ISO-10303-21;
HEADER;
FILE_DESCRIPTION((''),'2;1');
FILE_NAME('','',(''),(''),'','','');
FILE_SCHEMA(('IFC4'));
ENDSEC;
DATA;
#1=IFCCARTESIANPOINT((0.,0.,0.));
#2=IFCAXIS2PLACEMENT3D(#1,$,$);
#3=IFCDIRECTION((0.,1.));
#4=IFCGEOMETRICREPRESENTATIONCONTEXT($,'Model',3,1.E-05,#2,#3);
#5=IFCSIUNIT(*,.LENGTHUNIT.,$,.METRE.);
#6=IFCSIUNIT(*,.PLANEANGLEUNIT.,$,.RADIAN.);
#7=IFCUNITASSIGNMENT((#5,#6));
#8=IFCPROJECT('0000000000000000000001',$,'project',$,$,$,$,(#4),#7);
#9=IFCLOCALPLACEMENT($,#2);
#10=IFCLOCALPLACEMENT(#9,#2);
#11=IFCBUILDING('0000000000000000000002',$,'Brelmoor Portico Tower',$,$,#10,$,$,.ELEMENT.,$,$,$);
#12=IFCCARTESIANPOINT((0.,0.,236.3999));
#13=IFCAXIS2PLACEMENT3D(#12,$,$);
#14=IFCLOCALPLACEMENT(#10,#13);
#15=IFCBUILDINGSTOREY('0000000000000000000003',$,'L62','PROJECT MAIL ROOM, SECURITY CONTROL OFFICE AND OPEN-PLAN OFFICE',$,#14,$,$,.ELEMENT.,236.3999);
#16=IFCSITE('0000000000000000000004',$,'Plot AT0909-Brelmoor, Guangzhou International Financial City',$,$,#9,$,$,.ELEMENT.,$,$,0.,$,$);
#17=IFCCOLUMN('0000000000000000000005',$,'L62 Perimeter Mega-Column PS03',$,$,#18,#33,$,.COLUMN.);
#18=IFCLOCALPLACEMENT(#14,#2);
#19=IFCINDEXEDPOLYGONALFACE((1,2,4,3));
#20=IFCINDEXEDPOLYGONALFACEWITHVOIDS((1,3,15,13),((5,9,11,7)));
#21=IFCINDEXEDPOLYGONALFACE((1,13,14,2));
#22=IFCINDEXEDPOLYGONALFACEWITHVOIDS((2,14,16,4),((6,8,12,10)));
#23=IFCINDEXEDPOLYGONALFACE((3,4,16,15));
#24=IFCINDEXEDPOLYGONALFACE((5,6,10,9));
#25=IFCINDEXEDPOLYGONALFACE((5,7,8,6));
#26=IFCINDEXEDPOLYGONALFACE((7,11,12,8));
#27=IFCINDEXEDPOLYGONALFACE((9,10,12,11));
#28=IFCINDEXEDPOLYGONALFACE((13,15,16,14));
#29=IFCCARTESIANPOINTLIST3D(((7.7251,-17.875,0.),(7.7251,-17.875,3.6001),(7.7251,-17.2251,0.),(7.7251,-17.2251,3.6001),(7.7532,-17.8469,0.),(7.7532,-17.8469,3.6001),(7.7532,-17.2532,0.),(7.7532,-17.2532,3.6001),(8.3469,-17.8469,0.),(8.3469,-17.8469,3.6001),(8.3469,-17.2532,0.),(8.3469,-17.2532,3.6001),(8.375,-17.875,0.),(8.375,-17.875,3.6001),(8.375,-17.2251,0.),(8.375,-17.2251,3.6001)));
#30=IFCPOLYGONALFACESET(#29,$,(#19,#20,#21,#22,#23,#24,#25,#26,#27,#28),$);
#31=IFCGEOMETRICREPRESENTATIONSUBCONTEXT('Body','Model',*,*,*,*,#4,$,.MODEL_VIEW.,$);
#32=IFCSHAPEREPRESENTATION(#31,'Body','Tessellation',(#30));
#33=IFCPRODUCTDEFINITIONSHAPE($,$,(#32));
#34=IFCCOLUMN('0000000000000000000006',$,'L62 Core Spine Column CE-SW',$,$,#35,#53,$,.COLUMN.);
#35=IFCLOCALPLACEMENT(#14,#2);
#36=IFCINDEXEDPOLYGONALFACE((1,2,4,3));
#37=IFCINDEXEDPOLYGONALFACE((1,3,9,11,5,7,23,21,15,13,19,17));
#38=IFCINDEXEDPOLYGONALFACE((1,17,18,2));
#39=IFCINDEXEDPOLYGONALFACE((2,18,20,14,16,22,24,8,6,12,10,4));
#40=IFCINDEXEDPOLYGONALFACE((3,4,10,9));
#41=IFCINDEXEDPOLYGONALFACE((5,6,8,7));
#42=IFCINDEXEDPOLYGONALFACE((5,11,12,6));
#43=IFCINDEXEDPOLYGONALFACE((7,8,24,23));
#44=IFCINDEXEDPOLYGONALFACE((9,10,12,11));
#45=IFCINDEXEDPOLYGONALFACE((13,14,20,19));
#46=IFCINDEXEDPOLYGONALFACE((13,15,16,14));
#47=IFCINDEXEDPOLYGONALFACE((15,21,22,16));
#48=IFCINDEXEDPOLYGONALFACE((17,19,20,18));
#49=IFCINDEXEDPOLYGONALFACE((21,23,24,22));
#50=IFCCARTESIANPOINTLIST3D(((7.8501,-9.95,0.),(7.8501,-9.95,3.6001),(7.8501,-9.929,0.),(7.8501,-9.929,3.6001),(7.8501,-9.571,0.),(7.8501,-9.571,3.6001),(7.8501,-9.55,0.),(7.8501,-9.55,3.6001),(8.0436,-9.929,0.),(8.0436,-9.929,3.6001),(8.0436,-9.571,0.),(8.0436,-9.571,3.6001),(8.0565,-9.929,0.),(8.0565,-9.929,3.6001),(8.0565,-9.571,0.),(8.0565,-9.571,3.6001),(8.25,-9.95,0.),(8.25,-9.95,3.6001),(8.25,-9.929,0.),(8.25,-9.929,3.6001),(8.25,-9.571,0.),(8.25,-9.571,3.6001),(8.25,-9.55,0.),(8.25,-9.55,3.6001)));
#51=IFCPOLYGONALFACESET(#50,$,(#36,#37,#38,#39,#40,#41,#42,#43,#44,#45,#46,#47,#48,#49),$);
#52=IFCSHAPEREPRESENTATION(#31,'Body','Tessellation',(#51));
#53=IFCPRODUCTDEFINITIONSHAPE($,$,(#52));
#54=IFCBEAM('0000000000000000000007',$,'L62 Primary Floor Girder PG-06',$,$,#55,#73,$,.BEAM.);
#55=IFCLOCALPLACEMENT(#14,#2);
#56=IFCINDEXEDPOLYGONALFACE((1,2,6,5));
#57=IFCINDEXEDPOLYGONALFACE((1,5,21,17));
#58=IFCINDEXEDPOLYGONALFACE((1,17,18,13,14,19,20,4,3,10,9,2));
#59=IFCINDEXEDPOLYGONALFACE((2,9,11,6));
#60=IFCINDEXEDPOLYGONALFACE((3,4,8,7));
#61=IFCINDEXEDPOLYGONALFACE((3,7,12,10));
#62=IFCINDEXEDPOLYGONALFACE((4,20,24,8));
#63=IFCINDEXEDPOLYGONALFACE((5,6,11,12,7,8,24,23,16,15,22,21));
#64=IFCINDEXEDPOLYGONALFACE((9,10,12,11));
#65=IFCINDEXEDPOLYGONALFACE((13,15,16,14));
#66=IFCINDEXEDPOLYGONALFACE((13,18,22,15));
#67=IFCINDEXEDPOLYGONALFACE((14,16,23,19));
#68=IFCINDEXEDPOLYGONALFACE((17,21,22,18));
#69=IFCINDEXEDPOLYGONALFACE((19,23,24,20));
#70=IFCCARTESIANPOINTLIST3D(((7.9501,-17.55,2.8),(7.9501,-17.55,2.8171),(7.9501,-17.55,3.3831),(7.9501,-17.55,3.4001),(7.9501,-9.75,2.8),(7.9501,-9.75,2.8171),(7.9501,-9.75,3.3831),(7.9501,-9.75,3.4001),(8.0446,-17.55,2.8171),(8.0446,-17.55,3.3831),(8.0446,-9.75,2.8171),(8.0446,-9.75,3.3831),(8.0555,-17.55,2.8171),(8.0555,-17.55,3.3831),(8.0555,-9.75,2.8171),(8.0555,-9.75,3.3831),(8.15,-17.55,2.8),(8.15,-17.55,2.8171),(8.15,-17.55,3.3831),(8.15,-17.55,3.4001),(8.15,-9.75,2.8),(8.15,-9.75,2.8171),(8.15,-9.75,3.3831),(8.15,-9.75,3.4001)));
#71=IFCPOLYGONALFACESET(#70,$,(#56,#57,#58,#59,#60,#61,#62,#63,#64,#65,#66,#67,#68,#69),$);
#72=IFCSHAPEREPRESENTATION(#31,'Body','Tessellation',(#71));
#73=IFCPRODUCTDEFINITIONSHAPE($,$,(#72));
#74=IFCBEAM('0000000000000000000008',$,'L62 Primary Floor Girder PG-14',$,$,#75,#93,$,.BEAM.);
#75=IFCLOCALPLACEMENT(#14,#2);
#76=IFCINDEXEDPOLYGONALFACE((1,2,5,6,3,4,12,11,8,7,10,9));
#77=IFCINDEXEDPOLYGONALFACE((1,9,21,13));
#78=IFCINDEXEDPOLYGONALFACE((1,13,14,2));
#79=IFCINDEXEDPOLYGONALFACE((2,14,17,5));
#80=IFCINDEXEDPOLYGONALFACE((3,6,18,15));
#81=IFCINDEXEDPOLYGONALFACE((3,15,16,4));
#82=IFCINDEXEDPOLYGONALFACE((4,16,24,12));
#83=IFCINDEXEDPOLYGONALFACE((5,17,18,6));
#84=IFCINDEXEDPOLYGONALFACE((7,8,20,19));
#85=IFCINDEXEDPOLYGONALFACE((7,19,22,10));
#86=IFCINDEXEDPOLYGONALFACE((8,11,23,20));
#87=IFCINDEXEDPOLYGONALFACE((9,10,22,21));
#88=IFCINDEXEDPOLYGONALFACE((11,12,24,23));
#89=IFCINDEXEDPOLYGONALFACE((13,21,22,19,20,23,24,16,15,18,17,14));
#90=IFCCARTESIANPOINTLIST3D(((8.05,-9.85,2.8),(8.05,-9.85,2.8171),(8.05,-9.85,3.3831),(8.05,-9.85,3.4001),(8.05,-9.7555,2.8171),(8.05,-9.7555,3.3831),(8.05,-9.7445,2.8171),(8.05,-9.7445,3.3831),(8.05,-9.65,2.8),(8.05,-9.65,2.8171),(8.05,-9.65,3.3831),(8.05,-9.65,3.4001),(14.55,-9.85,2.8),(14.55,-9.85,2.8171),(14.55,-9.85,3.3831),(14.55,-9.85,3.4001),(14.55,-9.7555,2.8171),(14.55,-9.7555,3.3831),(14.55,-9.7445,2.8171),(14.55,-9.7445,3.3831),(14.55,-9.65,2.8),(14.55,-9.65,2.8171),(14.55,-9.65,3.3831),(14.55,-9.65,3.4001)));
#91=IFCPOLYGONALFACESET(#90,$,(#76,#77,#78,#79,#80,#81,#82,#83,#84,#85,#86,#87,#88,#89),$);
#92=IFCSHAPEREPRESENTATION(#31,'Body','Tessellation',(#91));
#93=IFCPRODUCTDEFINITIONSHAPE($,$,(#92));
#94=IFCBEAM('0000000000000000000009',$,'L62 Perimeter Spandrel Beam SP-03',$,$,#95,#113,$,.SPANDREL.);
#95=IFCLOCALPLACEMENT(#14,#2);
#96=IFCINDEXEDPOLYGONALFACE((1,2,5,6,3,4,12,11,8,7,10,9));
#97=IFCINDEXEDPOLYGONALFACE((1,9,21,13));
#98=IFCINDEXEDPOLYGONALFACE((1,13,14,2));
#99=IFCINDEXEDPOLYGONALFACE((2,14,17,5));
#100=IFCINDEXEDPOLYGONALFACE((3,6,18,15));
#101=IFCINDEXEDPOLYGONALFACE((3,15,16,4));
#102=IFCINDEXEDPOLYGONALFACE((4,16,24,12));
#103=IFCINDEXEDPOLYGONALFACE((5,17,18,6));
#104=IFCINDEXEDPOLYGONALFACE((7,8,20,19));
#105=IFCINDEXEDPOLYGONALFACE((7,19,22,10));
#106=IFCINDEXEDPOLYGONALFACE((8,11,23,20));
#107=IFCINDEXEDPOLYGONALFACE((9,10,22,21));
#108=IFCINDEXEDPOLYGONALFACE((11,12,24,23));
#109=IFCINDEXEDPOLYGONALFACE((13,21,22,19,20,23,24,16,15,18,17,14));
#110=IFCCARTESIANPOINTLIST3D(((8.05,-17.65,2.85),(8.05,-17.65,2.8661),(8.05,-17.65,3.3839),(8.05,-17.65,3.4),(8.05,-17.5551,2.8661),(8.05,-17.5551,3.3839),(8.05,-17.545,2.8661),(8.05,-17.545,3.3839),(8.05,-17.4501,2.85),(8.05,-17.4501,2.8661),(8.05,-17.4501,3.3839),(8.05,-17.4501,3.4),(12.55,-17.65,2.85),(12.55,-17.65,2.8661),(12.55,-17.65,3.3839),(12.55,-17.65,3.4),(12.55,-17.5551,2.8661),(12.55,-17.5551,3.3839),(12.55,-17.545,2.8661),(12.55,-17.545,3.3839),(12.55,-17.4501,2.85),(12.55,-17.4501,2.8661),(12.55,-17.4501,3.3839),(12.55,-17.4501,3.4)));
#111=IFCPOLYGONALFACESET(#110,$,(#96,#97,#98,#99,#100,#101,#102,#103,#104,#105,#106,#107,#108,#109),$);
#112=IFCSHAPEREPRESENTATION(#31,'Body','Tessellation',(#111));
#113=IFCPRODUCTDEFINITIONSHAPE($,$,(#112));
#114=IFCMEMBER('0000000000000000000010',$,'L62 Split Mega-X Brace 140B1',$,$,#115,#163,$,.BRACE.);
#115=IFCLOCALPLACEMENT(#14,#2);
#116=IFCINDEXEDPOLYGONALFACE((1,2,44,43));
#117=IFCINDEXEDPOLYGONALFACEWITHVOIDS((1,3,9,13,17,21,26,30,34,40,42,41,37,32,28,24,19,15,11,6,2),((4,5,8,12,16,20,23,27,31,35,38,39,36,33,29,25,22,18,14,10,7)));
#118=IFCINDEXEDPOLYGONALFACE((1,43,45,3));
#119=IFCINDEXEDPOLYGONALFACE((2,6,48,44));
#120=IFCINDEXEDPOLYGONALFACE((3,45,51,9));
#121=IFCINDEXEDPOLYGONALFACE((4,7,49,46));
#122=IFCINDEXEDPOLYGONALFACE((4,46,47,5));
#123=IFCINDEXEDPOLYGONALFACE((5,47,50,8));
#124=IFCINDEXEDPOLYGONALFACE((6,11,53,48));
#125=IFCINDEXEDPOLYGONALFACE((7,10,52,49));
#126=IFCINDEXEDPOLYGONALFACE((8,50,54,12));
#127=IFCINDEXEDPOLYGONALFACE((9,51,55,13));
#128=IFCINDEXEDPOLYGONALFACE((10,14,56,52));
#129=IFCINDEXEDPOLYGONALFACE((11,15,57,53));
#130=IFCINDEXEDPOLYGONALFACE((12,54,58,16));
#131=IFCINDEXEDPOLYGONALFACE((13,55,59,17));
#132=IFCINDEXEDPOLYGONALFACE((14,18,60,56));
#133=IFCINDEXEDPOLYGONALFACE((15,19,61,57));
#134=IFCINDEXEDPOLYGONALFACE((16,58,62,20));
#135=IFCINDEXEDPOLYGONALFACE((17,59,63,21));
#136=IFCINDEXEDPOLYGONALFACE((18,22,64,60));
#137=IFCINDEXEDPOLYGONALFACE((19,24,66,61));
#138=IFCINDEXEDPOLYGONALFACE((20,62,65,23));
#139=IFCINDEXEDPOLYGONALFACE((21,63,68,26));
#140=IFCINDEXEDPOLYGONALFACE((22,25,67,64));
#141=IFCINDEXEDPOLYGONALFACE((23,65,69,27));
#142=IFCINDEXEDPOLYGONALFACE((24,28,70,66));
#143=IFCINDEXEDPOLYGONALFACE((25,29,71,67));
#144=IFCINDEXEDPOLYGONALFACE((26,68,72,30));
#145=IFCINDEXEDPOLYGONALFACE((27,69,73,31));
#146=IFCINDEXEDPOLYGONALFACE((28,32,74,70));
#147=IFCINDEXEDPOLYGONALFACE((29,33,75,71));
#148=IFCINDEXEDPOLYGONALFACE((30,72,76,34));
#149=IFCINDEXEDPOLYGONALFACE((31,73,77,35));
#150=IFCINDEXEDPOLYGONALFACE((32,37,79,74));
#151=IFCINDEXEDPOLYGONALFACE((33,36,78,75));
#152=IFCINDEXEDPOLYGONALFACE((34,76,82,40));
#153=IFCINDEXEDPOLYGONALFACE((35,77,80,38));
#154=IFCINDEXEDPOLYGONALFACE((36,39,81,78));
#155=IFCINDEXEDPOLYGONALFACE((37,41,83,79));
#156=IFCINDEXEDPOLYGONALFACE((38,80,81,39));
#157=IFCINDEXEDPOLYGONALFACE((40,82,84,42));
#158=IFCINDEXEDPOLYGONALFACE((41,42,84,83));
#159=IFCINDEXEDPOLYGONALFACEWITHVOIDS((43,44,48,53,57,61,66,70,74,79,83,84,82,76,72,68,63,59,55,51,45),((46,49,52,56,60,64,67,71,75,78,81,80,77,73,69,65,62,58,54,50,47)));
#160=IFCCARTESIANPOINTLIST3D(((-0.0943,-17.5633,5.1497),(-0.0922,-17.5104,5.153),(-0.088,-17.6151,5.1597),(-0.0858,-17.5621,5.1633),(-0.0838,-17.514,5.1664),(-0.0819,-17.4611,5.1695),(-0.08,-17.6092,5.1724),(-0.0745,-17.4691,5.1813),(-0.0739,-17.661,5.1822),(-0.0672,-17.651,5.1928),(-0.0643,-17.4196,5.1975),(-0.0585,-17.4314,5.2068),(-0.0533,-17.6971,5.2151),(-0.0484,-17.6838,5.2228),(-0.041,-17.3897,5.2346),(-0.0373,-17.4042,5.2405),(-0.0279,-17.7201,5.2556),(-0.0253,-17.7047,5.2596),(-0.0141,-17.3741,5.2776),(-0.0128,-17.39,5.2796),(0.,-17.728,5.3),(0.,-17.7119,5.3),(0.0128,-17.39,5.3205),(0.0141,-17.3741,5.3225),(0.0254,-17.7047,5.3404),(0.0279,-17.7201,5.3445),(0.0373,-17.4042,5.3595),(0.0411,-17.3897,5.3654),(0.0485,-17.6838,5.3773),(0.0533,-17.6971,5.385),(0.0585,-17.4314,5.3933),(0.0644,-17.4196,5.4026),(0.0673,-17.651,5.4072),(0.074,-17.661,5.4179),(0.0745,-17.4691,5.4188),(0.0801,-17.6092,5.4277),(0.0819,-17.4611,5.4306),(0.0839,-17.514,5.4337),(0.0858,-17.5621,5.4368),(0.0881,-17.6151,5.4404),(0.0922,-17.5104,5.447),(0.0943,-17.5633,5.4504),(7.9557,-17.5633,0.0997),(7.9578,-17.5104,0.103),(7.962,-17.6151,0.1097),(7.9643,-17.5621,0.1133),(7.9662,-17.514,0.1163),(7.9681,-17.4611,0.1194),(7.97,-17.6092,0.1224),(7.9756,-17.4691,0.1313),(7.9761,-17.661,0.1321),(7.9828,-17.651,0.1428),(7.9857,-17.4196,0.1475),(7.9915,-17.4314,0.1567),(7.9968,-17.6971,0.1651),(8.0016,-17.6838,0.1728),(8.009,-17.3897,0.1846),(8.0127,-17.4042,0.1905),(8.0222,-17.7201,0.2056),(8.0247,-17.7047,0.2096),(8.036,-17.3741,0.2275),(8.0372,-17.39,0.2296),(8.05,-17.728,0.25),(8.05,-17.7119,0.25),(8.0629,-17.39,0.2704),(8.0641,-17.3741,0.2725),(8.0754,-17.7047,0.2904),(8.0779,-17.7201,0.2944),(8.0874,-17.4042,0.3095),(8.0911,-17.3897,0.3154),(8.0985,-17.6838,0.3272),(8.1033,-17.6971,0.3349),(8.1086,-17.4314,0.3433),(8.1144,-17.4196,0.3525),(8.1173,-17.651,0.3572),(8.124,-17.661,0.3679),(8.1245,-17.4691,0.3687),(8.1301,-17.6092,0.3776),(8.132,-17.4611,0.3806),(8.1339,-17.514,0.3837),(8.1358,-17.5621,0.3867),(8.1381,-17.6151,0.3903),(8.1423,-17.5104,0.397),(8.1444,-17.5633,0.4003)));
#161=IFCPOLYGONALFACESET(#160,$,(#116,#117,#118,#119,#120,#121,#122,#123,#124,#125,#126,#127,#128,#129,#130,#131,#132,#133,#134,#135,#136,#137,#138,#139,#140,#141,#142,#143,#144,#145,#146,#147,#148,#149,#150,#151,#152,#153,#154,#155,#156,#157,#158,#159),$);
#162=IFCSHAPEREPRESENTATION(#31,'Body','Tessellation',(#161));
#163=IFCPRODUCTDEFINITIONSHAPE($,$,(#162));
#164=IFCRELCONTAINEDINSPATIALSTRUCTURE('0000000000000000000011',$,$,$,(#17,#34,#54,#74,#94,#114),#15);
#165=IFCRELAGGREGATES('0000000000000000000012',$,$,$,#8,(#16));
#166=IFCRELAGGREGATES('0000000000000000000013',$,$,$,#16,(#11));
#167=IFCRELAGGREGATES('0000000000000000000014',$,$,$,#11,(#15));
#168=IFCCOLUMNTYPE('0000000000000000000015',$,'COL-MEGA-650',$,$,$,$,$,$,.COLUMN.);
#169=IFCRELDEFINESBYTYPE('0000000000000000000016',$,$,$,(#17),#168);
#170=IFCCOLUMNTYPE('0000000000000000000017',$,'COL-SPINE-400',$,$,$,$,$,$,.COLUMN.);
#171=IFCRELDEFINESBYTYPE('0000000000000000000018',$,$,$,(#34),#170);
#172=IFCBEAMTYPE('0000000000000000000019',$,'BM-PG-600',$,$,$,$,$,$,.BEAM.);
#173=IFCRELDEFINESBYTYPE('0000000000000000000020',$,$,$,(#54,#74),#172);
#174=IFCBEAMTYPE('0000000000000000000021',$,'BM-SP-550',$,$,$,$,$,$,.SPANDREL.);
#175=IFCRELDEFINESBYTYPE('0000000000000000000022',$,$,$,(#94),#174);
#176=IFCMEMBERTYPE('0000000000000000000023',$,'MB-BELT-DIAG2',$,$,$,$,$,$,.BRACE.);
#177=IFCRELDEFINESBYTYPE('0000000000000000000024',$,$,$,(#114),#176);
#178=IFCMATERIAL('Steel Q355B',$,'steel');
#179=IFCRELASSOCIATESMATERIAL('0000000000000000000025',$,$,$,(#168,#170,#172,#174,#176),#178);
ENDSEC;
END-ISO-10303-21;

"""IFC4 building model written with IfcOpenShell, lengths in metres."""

from ifc_helpers import new_model, si_unit, direction, frame, origin, origin_2d, place, context, subcontext, project, spatial, hollow_rectangle, hollow_circle, i_section, extrude, material, material_profile, profile_set, type_object, element, save


model = new_model("IFC4")

# Units and contexts
model_context = context("Model", 3, precision=1e-05, world=origin(), true_north=direction((0.0, 1.0)))
body_context = subcontext(model_context, "Body", "Model", "MODEL_VIEW")
ifc_project = project(units=[si_unit("LENGTHUNIT", "METRE"), si_unit("PLANEANGLEUNIT", "RADIAN")], contexts=[model_context])

# Site, building, storey
site_placement = place(None, origin())
site = spatial("IfcSite", under=ifc_project, at=site_placement, Name="Plot AT0909-Brelmoor, Guangzhou International Financial City", CompositionType="ELEMENT", RefElevation=0.0)
building_placement = place(site_placement, origin())
building = spatial("IfcBuilding", under=site, at=building_placement, Name="Brelmoor Portico Tower", CompositionType="ELEMENT")
storey_placement = place(building_placement, frame((0.0, 0.0, 236.3999)))
storey = spatial("IfcBuildingStorey", under=building, at=storey_placement, Name="L62", Description="PROJECT MAIL ROOM, SECURITY CONTROL OFFICE AND OPEN-PLAN OFFICE", CompositionType="ELEMENT", Elevation=236.3999)

# Columns
ifc_material_1 = material(Name="Steel Q355B", Category="steel")
ifc_material_profile_1 = material_profile(ifc_material_1, hollow_rectangle(XDim=0.6499, YDim=0.6499, WallThickness=0.0281, at=origin_2d()), Name="BOX 650x650x28")
ifc_profile_set_1 = profile_set([ifc_material_profile_1], Name="Steel Q355B")
column_type_1 = type_object("IfcColumnType", Name="COL-MEGA-650", PredefinedType="COLUMN", material=ifc_profile_set_1)
column_1_placement = place(storey_placement, frame((8.05, -17.55, 0.0), z_axis=(0.0, 0.0, 1.0), x_axis=(1.0, 0.0, 0.0)))
element("IfcColumn", 1, at=column_1_placement, inside=storey, type_object=column_type_1, Name="L62 Perimeter Mega-Column PS03", PredefinedType="COLUMN", context=body_context, shape_type="SweptSolid", body=[
    extrude(hollow_rectangle(XDim=0.6499, YDim=0.6499, WallThickness=0.0281, at=origin_2d()), origin(), (0.0, 0.0, 1.0), 3.6001),
])
ifc_material_profile_2 = material_profile(ifc_material_1, i_section(OverallWidth=0.3999, OverallDepth=0.3999, WebThickness=0.0129, FlangeThickness=0.021, at=origin_2d()), Name="HW 400x400x13x21")
ifc_profile_set_2 = profile_set([ifc_material_profile_2], Name="Steel Q355B")
column_type_2 = type_object("IfcColumnType", Name="COL-SPINE-400", PredefinedType="COLUMN", material=ifc_profile_set_2)
column_2_placement = place(storey_placement, frame((8.05, -9.75, 0.0), z_axis=(0.0, 0.0, 1.0), x_axis=(1.0, 0.0, 0.0)))
element("IfcColumn", 2, at=column_2_placement, inside=storey, type_object=column_type_2, Name="L62 Core Spine Column CE-SW", PredefinedType="COLUMN", context=body_context, shape_type="SweptSolid", body=[
    extrude(i_section(OverallWidth=0.3999, OverallDepth=0.3999, WebThickness=0.0129, FlangeThickness=0.021, at=origin_2d()), origin(), (0.0, 0.0, 1.0), 3.6001),
])

# Beams
ifc_material_profile_3 = material_profile(ifc_material_1, i_section(OverallWidth=0.2, OverallDepth=0.6001, WebThickness=0.011, FlangeThickness=0.0171, at=origin_2d()), Name="HN 600x200x11x17")
ifc_profile_set_3 = profile_set([ifc_material_profile_3], Name="Steel Q355B")
beam_type_1 = type_object("IfcBeamType", Name="BM-PG-600", PredefinedType="BEAM", material=ifc_profile_set_3)
beam_1_placement = place(storey_placement, frame((8.05, -17.55, 3.1001), z_axis=(0.0, 1.0, 0.0), x_axis=(-1.0, 0.0, 0.0)))
element("IfcBeam", 3, at=beam_1_placement, inside=storey, type_object=beam_type_1, Name="L62 Primary Floor Girder PG-06", PredefinedType="BEAM", context=body_context, shape_type="SweptSolid", body=[
    extrude(i_section(OverallWidth=0.2, OverallDepth=0.6001, WebThickness=0.011, FlangeThickness=0.0171, at=origin_2d()), origin(), (0.0, 0.0, 1.0), 7.8),
])
beam_2_placement = place(storey_placement, frame((8.05, -9.75, 3.1001), z_axis=(1.0, 0.0, 0.0), x_axis=(0.0, 1.0, 0.0)))
element("IfcBeam", 4, at=beam_2_placement, inside=storey, type_object=beam_type_1, Name="L62 Primary Floor Girder PG-14", PredefinedType="BEAM", context=body_context, shape_type="SweptSolid", body=[
    extrude(i_section(OverallWidth=0.2, OverallDepth=0.6001, WebThickness=0.011, FlangeThickness=0.0171, at=origin_2d()), origin(), (0.0, 0.0, 1.0), 6.5),
])
ifc_material_profile_4 = material_profile(ifc_material_1, i_section(OverallWidth=0.2, OverallDepth=0.55, WebThickness=0.01, FlangeThickness=0.0161, at=origin_2d()), Name="HN 550x200x10x16")
ifc_profile_set_4 = profile_set([ifc_material_profile_4], Name="Steel Q355B")
beam_type_2 = type_object("IfcBeamType", Name="BM-SP-550", PredefinedType="SPANDREL", material=ifc_profile_set_4)
beam_3_placement = place(storey_placement, frame((8.05, -17.55, 3.125), z_axis=(1.0, 0.0, 0.0), x_axis=(0.0, 1.0, 0.0)))
element("IfcBeam", 5, at=beam_3_placement, inside=storey, type_object=beam_type_2, Name="L62 Perimeter Spandrel Beam SP-03", PredefinedType="SPANDREL", context=body_context, shape_type="SweptSolid", body=[
    extrude(i_section(OverallWidth=0.2, OverallDepth=0.55, WebThickness=0.01, FlangeThickness=0.0161, at=origin_2d()), origin(), (0.0, 0.0, 1.0), 4.5),
])

# Member
ifc_material_profile_5 = material_profile(ifc_material_1, hollow_circle(Radius=0.178, WallThickness=0.0161, at=origin_2d()), Name="CHS 356x16")
ifc_profile_set_5 = profile_set([ifc_material_profile_5], Name="Steel Q355B")
member_type_1 = type_object("IfcMemberType", Name="MB-BELT-DIAG2", PredefinedType="BRACE", material=ifc_profile_set_5)
for number, where, z_axis, x_axis, name in (
    (6, (8.05, -17.55, 0.25), (-0.847109, 0.0, 0.531418), (0.0, -1.0, 0.0), "L62 Split Mega-X Brace 140B1"),
):
    element("IfcMember", number, at=place(storey_placement, frame(where, z_axis=z_axis, x_axis=x_axis)), inside=storey, type_object=member_type_1, Name=name, PredefinedType="BRACE", context=body_context, shape_type="SweptSolid", body=[
        extrude(hollow_circle(Radius=0.178, WallThickness=0.0161, at=origin_2d()), origin(), (0.0, 0.0, 1.0), 9.5029),
    ])

save(model, "model.ifc")
